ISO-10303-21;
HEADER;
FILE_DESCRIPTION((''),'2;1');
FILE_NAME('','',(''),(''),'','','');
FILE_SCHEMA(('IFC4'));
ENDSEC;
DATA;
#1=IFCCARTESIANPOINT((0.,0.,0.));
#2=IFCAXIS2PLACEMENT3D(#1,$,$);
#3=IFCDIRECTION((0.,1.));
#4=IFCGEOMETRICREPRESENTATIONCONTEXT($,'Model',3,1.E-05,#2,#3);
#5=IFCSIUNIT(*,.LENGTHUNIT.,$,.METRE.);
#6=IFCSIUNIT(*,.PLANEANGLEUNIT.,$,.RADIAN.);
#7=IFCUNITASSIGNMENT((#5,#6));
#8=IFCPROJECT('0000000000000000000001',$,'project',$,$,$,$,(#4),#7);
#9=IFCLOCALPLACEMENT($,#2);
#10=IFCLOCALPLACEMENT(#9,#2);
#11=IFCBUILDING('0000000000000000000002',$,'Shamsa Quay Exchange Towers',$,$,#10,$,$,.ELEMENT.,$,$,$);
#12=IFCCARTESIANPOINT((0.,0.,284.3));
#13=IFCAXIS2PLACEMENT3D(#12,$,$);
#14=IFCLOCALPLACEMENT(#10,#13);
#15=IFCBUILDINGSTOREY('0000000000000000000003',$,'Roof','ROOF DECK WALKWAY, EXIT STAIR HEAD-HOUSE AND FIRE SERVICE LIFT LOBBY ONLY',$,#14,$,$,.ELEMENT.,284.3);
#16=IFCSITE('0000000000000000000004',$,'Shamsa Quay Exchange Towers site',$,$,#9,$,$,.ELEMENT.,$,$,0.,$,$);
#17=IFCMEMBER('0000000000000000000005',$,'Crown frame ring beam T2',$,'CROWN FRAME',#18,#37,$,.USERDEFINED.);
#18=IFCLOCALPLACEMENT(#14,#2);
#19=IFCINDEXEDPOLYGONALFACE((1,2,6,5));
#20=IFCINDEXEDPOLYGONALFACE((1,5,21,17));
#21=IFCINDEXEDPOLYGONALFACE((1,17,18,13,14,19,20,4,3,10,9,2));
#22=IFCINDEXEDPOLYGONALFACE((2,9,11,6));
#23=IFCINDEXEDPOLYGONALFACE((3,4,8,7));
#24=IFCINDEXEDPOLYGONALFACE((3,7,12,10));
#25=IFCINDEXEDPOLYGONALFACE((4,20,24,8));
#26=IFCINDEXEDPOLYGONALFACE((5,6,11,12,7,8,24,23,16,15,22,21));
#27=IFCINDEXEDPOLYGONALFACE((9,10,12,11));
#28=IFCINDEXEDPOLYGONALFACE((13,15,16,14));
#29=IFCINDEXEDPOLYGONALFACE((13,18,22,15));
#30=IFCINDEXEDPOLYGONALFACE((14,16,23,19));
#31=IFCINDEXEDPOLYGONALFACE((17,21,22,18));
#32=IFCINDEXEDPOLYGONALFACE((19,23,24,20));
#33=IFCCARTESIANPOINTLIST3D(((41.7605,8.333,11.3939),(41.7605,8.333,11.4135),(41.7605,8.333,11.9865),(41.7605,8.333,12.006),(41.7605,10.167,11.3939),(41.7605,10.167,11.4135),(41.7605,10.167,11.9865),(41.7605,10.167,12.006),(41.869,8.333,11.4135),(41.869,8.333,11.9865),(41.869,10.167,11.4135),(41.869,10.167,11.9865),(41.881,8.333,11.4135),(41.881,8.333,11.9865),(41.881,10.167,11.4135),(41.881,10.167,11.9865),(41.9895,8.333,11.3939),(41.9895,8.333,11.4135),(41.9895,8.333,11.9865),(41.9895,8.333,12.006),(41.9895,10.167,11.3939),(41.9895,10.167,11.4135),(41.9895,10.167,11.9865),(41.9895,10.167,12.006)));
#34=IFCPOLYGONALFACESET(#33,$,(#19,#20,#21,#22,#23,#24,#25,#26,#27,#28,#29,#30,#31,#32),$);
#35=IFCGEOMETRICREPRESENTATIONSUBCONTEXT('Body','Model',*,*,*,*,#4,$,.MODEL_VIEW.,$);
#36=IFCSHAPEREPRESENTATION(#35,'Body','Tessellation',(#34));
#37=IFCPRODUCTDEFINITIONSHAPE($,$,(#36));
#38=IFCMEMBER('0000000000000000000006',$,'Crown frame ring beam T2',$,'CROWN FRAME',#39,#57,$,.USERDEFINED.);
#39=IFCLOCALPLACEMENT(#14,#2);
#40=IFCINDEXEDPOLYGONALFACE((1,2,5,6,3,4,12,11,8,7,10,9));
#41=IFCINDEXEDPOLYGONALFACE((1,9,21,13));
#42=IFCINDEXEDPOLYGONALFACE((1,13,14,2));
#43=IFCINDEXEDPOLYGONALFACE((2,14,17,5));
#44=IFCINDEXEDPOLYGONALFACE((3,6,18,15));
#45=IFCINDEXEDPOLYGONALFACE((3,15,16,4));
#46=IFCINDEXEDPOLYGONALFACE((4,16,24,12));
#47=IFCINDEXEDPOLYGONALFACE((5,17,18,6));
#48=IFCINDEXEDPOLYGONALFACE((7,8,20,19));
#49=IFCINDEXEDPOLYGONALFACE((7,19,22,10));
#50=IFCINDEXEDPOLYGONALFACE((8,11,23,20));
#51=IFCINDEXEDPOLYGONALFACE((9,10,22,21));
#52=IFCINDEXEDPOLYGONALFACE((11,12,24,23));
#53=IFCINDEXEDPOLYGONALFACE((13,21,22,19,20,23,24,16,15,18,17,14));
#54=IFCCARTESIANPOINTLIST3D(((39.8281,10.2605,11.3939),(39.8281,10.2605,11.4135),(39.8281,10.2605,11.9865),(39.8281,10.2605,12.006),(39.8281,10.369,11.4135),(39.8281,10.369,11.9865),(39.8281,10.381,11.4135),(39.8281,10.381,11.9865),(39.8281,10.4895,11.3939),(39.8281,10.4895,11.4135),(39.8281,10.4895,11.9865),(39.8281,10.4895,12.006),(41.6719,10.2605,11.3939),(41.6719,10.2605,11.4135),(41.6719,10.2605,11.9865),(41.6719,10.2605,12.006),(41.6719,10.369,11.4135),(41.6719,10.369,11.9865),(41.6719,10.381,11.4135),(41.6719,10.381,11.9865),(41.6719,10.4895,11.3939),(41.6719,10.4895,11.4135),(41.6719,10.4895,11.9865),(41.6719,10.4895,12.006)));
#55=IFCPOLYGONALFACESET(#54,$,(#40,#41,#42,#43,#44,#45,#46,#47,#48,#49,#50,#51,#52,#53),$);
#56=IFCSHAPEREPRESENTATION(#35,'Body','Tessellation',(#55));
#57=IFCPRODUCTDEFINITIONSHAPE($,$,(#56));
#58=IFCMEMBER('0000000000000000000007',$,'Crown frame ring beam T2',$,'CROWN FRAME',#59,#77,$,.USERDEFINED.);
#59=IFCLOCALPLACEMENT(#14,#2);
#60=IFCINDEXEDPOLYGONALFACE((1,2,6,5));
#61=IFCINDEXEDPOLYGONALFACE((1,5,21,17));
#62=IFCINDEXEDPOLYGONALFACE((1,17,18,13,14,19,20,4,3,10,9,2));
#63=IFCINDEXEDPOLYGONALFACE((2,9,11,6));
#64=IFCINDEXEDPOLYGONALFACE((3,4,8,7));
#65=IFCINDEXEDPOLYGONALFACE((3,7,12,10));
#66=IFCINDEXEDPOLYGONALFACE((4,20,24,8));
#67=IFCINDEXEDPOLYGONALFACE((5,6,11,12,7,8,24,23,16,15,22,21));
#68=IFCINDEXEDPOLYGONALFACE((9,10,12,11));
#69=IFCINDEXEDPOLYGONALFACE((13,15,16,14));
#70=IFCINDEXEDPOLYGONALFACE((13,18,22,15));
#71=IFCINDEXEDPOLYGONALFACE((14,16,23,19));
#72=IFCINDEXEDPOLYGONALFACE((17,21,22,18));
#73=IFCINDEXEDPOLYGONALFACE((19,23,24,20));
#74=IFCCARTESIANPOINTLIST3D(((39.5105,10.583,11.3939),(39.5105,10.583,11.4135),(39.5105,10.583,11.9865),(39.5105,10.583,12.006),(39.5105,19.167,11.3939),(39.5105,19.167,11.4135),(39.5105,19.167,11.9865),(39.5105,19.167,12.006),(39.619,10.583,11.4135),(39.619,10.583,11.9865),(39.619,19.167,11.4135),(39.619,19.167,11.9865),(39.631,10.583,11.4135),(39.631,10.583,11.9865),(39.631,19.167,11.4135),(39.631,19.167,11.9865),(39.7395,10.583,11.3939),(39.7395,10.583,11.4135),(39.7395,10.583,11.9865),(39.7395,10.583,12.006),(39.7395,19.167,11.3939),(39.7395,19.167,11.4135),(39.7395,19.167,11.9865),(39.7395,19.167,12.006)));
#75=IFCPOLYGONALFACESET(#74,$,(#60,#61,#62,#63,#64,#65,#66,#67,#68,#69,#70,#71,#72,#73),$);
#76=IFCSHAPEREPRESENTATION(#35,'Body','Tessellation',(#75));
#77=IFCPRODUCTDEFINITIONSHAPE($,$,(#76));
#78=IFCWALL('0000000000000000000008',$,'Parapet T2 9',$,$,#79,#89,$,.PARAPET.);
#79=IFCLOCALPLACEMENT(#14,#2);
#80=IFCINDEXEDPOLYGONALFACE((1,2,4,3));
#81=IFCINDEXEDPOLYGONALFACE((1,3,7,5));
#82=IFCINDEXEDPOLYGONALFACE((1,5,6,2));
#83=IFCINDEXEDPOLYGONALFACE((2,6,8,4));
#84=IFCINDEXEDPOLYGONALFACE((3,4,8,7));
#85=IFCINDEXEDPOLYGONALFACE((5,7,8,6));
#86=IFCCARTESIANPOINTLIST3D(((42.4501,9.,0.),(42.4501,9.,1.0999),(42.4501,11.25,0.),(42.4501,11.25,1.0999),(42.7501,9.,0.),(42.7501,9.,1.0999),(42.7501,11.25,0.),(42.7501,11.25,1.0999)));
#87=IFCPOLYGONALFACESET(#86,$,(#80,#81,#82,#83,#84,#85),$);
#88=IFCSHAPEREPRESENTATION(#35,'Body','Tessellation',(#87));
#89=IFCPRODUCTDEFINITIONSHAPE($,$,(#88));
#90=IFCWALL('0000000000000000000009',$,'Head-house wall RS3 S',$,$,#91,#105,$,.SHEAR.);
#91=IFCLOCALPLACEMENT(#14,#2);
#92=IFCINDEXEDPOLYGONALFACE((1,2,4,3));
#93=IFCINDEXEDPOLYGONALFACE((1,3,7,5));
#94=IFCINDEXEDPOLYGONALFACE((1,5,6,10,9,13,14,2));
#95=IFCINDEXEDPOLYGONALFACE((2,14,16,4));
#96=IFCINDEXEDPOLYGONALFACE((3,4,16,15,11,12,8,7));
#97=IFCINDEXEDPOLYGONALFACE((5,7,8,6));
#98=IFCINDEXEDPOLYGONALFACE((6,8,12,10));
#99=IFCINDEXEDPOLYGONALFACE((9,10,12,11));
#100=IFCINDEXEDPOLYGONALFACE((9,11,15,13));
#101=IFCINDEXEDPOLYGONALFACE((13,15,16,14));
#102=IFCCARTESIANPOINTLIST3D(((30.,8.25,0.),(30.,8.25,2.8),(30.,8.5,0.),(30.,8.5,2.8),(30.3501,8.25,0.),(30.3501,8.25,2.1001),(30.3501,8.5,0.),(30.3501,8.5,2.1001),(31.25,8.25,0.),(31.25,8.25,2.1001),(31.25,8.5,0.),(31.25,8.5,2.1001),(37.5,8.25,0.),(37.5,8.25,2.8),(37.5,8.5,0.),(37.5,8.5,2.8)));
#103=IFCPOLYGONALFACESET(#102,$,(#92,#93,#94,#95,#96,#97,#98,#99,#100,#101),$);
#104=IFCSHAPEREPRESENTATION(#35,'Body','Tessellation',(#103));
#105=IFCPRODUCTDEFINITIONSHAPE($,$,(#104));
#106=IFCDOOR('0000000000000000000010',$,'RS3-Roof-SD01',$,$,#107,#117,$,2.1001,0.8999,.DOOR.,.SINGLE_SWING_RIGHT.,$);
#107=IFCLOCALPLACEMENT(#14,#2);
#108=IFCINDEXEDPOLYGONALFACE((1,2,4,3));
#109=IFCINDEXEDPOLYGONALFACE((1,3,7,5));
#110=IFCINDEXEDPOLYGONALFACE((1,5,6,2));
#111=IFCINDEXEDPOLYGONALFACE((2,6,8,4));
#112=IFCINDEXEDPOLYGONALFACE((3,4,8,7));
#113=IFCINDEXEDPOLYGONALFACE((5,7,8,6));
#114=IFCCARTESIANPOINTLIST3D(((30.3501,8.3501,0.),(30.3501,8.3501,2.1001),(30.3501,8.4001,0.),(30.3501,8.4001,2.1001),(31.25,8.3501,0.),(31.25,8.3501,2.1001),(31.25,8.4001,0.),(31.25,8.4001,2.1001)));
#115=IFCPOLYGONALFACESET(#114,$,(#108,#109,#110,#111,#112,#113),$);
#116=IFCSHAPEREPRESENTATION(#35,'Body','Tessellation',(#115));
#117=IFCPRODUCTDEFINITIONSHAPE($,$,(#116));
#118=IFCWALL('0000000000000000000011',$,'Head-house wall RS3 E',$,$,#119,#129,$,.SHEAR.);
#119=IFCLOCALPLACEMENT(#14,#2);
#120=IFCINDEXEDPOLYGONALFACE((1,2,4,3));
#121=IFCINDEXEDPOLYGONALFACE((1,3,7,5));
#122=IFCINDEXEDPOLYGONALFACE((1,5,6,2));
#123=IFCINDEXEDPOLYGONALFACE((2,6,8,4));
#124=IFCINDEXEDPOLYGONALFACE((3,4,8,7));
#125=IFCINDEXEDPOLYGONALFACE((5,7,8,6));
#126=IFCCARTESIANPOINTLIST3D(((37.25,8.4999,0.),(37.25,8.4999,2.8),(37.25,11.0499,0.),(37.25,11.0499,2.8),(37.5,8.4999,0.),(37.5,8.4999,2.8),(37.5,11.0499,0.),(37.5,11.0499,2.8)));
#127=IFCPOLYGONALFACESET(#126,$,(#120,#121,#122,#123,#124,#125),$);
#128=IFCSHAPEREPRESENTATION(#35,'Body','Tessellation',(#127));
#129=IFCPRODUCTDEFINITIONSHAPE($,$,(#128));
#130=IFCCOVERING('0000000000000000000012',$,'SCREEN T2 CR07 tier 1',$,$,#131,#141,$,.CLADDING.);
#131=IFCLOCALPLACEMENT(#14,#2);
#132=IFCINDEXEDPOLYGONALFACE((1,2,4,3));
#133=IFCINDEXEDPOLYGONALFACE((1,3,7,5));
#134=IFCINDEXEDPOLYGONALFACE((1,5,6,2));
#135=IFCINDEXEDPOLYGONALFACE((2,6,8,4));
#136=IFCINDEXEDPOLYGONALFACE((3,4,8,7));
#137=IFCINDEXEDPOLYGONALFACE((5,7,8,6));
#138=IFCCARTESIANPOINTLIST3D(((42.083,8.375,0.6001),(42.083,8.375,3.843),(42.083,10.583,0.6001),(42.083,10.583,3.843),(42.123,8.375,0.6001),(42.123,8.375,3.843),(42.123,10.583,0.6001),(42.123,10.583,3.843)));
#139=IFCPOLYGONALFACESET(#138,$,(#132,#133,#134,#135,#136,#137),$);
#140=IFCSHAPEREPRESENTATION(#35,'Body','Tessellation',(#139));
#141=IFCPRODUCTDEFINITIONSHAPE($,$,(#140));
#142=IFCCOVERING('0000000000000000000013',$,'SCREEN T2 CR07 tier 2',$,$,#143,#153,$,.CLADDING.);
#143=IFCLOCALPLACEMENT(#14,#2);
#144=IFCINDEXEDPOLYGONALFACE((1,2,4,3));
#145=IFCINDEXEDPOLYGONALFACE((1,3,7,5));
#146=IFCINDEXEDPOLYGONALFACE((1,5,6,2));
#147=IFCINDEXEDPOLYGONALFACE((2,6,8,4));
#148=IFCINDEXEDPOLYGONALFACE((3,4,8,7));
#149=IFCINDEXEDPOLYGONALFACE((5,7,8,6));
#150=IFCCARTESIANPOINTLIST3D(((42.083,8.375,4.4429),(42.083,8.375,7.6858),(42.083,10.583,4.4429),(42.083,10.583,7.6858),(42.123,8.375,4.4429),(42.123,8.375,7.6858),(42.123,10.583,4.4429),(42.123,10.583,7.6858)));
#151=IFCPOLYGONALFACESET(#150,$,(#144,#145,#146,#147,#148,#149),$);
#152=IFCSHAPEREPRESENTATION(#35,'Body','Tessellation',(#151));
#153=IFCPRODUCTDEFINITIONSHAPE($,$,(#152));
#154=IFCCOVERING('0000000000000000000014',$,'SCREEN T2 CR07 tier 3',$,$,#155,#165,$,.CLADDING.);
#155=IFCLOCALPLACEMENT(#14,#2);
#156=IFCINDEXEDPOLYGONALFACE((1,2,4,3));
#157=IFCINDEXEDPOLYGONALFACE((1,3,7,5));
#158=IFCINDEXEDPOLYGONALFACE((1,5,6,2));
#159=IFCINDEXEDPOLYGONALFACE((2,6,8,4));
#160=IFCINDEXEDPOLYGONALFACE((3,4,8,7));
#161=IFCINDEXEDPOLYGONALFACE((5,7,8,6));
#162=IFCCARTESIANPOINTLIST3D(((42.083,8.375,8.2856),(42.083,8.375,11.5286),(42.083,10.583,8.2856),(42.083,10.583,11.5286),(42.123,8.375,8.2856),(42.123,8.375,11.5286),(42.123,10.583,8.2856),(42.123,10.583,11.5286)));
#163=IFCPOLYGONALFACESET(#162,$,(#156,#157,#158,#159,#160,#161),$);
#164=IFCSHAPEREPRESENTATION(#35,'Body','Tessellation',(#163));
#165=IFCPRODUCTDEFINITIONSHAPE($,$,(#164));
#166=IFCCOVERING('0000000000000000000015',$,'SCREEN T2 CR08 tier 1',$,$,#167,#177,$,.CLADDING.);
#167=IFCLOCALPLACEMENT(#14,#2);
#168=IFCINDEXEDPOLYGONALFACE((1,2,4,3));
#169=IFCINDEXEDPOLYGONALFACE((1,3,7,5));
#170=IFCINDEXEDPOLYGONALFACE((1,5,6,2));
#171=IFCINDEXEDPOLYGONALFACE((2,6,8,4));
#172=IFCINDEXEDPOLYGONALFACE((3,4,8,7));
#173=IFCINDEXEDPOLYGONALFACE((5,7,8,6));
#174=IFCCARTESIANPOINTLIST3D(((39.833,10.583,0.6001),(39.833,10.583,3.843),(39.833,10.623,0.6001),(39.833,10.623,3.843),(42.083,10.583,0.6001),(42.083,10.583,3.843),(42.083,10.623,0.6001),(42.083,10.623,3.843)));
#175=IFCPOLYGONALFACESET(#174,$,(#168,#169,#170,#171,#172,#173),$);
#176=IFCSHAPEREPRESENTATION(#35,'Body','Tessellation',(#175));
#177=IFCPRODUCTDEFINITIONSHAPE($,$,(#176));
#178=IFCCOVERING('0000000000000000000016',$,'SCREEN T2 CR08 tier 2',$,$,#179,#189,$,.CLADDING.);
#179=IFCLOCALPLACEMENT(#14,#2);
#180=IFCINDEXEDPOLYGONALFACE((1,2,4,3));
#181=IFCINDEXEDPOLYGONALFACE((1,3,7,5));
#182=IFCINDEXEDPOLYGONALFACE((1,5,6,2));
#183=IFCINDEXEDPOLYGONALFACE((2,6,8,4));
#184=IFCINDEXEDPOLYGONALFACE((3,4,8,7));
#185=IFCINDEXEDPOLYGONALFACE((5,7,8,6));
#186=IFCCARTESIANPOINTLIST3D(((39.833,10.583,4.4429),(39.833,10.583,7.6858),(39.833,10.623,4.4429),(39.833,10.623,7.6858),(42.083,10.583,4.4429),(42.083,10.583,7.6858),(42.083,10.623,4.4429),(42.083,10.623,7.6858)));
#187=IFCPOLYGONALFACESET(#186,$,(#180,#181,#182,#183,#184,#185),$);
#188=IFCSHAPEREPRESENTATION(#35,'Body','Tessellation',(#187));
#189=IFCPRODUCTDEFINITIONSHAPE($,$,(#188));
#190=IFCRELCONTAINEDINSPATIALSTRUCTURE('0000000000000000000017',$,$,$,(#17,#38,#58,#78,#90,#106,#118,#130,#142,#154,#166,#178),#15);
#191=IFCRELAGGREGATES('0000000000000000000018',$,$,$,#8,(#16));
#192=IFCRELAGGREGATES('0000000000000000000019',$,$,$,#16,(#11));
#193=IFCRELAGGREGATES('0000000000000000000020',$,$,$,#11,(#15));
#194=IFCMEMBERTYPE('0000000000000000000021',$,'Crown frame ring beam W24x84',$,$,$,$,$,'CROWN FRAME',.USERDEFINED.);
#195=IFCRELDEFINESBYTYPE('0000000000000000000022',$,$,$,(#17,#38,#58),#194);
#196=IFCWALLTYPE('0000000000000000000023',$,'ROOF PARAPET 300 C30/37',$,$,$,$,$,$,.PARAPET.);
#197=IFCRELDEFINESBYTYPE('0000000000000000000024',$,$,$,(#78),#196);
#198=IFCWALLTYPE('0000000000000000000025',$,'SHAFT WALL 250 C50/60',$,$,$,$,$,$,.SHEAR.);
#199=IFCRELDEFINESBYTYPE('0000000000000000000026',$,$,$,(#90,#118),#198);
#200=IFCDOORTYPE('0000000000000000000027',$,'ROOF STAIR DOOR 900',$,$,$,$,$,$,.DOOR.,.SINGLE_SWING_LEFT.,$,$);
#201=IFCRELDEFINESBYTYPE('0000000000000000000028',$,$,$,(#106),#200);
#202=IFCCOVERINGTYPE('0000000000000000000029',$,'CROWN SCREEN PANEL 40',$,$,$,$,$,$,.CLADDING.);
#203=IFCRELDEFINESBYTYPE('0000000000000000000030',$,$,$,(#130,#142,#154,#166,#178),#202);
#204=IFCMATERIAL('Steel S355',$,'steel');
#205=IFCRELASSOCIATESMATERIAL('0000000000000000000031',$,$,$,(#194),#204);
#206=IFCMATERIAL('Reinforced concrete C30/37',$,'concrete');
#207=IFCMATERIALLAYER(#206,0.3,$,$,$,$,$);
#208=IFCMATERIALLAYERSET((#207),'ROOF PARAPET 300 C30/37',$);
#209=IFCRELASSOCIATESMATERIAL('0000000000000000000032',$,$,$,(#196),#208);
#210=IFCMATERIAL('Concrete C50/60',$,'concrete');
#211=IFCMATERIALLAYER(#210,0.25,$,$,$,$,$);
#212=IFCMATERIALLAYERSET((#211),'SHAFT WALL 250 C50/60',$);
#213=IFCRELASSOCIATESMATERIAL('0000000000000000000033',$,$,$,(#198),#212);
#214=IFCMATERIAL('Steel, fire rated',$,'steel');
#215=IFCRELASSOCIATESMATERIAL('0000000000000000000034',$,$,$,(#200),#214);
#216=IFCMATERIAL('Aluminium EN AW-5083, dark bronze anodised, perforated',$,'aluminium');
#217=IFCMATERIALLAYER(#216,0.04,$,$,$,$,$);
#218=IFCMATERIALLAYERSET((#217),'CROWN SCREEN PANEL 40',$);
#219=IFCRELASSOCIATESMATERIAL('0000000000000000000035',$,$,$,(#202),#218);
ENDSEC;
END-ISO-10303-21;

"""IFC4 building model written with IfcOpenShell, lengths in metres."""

from ifc_helpers import new_model, si_unit, direction, frame, frame_2d, origin, origin_2d, place, context, subcontext, project, spatial, rectangle, i_section, extrude, material, layer, layer_set, material_profile, profile_set, type_object, element, fill, save


model = new_model("IFC4")

# Units and contexts
model_context = context("Model", 3, precision=1e-05, world=origin(), true_north=direction((0.0, 1.0)))
body_context = subcontext(model_context, "Body", "Model", "MODEL_VIEW")
ifc_project = project(units=[si_unit("LENGTHUNIT", "METRE"), si_unit("PLANEANGLEUNIT", "RADIAN")], contexts=[model_context])

# Site, building, storey
site_placement = place(None, origin())
site = spatial("IfcSite", under=ifc_project, at=site_placement, Name="Shamsa Quay Exchange Towers site", CompositionType="ELEMENT", RefElevation=0.0)
building_placement = place(site_placement, origin())
building = spatial("IfcBuilding", under=site, at=building_placement, Name="Shamsa Quay Exchange Towers", CompositionType="ELEMENT")
storey_placement = place(building_placement, frame((0.0, 0.0, 284.3)))
storey = spatial("IfcBuildingStorey", under=building, at=storey_placement, Name="Roof", Description="ROOF DECK WALKWAY, EXIT STAIR HEAD-HOUSE AND FIRE SERVICE LIFT LOBBY ONLY", CompositionType="ELEMENT", Elevation=284.3)

# Members
ifc_material_1 = material(Name="Steel S355", Category="steel")
ifc_material_profile_1 = material_profile(ifc_material_1, i_section(OverallWidth=0.229, OverallDepth=0.6121, WebThickness=0.012, FlangeThickness=0.0195, at=origin_2d()), Name="W24x84")
ifc_profile_set_1 = profile_set([ifc_material_profile_1], Name="Steel S355")
member_type_1 = type_object("IfcMemberType", Name="Crown frame ring beam W24x84", ElementType="CROWN FRAME", PredefinedType="USERDEFINED", material=ifc_profile_set_1)
member_1_placement = place(storey_placement, frame((41.875, 8.333, 11.7), z_axis=(0.0, 1.0, 0.0), x_axis=(-1.0, 0.0, 0.0)))
element("IfcMember", 1, at=member_1_placement, inside=storey, type_object=member_type_1, Name="Crown frame ring beam T2", ObjectType="CROWN FRAME", PredefinedType="USERDEFINED", context=body_context, shape_type="SweptSolid", body=[
    extrude(i_section(OverallWidth=0.229, OverallDepth=0.6121, WebThickness=0.012, FlangeThickness=0.0195, at=origin_2d()), origin(), (0.0, 0.0, 1.0), 1.834),
])
member_2_placement = place(storey_placement, frame((41.6719, 10.375, 11.7), z_axis=(-1.0, 0.0, 0.0), x_axis=(0.0, -1.0, 0.0)))
element("IfcMember", 2, at=member_2_placement, inside=storey, type_object=member_type_1, Name="Crown frame ring beam T2", ObjectType="CROWN FRAME", PredefinedType="USERDEFINED", context=body_context, shape_type="SweptSolid", body=[
    extrude(i_section(OverallWidth=0.229, OverallDepth=0.6121, WebThickness=0.012, FlangeThickness=0.0195, at=origin_2d()), origin(), (0.0, 0.0, 1.0), 1.8438),
])
member_3_placement = place(storey_placement, frame((39.625, 10.583, 11.7), z_axis=(0.0, 1.0, 0.0), x_axis=(-1.0, 0.0, 0.0)))
element("IfcMember", 3, at=member_3_placement, inside=storey, type_object=member_type_1, Name="Crown frame ring beam T2", ObjectType="CROWN FRAME", PredefinedType="USERDEFINED", context=body_context, shape_type="SweptSolid", body=[
    extrude(i_section(OverallWidth=0.229, OverallDepth=0.6121, WebThickness=0.012, FlangeThickness=0.0195, at=origin_2d()), origin(), (0.0, 0.0, 1.0), 8.584),
])

# Wall
ifc_material_2 = material(Name="Reinforced concrete C30/37", Category="concrete")
ifc_layer_1 = layer(ifc_material_2, 0.3)
ifc_layer_set_1 = layer_set([ifc_layer_1], Name="ROOF PARAPET 300 C30/37")
wall_type_1 = type_object("IfcWallType", Name="ROOF PARAPET 300 C30/37", PredefinedType="PARAPET", material=ifc_layer_set_1)
wall_1_placement = place(storey_placement, frame((42.6001, 9.0, 0.0), z_axis=(0.0, 0.0, 1.0), x_axis=(0.0, 1.0, 0.0)))
element("IfcWall", 4, at=wall_1_placement, inside=storey, type_object=wall_type_1, Name="Parapet T2 9", PredefinedType="PARAPET", context=body_context, shape_type="SweptSolid", body=[
    extrude(rectangle(XDim=2.25, YDim=0.3, at=frame_2d((1.125, 0.0))), origin(), (0.0, 0.0, 1.0), 1.0999),
])

# Wall, opening, door
ifc_material_3 = material(Name="Concrete C50/60", Category="concrete")
ifc_layer_2 = layer(ifc_material_3, 0.25)
ifc_layer_set_2 = layer_set([ifc_layer_2], Name="SHAFT WALL 250 C50/60")
wall_type_2 = type_object("IfcWallType", Name="SHAFT WALL 250 C50/60", PredefinedType="SHEAR", material=ifc_layer_set_2)
wall_2_placement = place(storey_placement, frame((37.5, 8.375, 0.0), z_axis=(0.0, 0.0, 1.0), x_axis=(-1.0, 0.0, 0.0)))
wall_2 = element("IfcWall", 5, at=wall_2_placement, inside=storey, type_object=wall_type_2, Name="Head-house wall RS3 S", PredefinedType="SHEAR", context=body_context, shape_type="SweptSolid", body=[
    extrude(rectangle(XDim=7.5, YDim=0.25, at=frame_2d((3.75, 0.0))), origin(), (0.0, 0.0, 1.0), 2.8),
])
opening_placement = place(wall_2_placement, frame((6.25, 0.0, 0.0)))
opening = element("IfcOpeningElement", 6, at=opening_placement, cuts=wall_2, PredefinedType="OPENING", context=body_context, shape_type="SweptSolid", body=[
    extrude(rectangle(XDim=0.8999, YDim=2.1001, at=frame_2d((0.45, 1.05))), frame((0.0, 0.135, 0.0), z_axis=(0.0, -1.0, 0.0), x_axis=(1.0, 0.0, 0.0)), (0.0, 0.0, 1.0), 0.27),
])
ifc_material_4 = material(Name="Steel, fire rated", Category="steel")
door_type = type_object("IfcDoorType", Name="ROOF STAIR DOOR 900", OperationType="SINGLE_SWING_LEFT", PredefinedType="DOOR", material=ifc_material_4)
door_placement = place(opening_placement, origin())
door = element("IfcDoor", 7, at=door_placement, inside=storey, type_object=door_type, Name="RS3-Roof-SD01", OperationType="SINGLE_SWING_RIGHT", OverallHeight=2.1001, OverallWidth=0.8999, PredefinedType="DOOR", context=body_context, shape_type="SweptSolid", body=[
    extrude(rectangle(XDim=0.8999, YDim=2.1001, at=frame_2d((0.45, 1.05))), frame((0.0, 0.0249, 0.0), z_axis=(0.0, -1.0, 0.0), x_axis=(1.0, 0.0, 0.0)), (0.0, 0.0, 1.0), 0.05),
])
fill(opening, door)

# Wall
wall_3_placement = place(storey_placement, frame((37.375, 8.5, 0.0), z_axis=(0.0, 0.0, 1.0), x_axis=(0.0, 1.0, 0.0)))
element("IfcWall", 8, at=wall_3_placement, inside=storey, type_object=wall_type_2, Name="Head-house wall RS3 E", PredefinedType="SHEAR", context=body_context, shape_type="SweptSolid", body=[
    extrude(rectangle(XDim=2.55, YDim=0.25, at=frame_2d((1.2749, 0.0))), origin(), (0.0, 0.0, 1.0), 2.8),
])

# Coverings
ifc_material_5 = material(Name="Aluminium EN AW-5083, dark bronze anodised, perforated", Category="aluminium")
ifc_layer_3 = layer(ifc_material_5, 0.04)
ifc_layer_set_3 = layer_set([ifc_layer_3], Name="CROWN SCREEN PANEL 40")
covering_type = type_object("IfcCoveringType", Name="CROWN SCREEN PANEL 40", PredefinedType="CLADDING", material=ifc_layer_set_3)
for number, where, z_axis, x_axis, name in (
    (9, (42.103, 9.479, 0.6001), (0.0, 0.0, 1.0), (0.0, 1.0, 0.0), "SCREEN T2 CR07 tier 1"),
    (10, (42.103, 9.479, 4.4429), (0.0, 0.0, 1.0), (0.0, 1.0, 0.0), "SCREEN T2 CR07 tier 2"),
    (11, (42.103, 9.479, 8.2856), (0.0, 0.0, 1.0), (0.0, 1.0, 0.0), "SCREEN T2 CR07 tier 3"),
):
    element("IfcCovering", number, at=place(storey_placement, frame(where, z_axis=z_axis, x_axis=x_axis)), inside=storey, type_object=covering_type, Name=name, PredefinedType="CLADDING", context=body_context, shape_type="SweptSolid", body=[
        extrude(rectangle(XDim=2.208, YDim=0.04, at=origin_2d()), origin(), (0.0, 0.0, 1.0), 3.2429),
    ])
for number, where, z_axis, x_axis, name in (
    (12, (40.958, 10.603, 0.6001), (0.0, 0.0, 1.0), (-1.0, 0.0, 0.0), "SCREEN T2 CR08 tier 1"),
    (13, (40.958, 10.603, 4.4429), (0.0, 0.0, 1.0), (-1.0, 0.0, 0.0), "SCREEN T2 CR08 tier 2"),
):
    element("IfcCovering", number, at=place(storey_placement, frame(where, z_axis=z_axis, x_axis=x_axis)), inside=storey, type_object=covering_type, Name=name, PredefinedType="CLADDING", context=body_context, shape_type="SweptSolid", body=[
        extrude(rectangle(XDim=2.25, YDim=0.04, at=origin_2d()), origin(), (0.0, 0.0, 1.0), 3.2429),
    ])

save(model, "model.ifc")
